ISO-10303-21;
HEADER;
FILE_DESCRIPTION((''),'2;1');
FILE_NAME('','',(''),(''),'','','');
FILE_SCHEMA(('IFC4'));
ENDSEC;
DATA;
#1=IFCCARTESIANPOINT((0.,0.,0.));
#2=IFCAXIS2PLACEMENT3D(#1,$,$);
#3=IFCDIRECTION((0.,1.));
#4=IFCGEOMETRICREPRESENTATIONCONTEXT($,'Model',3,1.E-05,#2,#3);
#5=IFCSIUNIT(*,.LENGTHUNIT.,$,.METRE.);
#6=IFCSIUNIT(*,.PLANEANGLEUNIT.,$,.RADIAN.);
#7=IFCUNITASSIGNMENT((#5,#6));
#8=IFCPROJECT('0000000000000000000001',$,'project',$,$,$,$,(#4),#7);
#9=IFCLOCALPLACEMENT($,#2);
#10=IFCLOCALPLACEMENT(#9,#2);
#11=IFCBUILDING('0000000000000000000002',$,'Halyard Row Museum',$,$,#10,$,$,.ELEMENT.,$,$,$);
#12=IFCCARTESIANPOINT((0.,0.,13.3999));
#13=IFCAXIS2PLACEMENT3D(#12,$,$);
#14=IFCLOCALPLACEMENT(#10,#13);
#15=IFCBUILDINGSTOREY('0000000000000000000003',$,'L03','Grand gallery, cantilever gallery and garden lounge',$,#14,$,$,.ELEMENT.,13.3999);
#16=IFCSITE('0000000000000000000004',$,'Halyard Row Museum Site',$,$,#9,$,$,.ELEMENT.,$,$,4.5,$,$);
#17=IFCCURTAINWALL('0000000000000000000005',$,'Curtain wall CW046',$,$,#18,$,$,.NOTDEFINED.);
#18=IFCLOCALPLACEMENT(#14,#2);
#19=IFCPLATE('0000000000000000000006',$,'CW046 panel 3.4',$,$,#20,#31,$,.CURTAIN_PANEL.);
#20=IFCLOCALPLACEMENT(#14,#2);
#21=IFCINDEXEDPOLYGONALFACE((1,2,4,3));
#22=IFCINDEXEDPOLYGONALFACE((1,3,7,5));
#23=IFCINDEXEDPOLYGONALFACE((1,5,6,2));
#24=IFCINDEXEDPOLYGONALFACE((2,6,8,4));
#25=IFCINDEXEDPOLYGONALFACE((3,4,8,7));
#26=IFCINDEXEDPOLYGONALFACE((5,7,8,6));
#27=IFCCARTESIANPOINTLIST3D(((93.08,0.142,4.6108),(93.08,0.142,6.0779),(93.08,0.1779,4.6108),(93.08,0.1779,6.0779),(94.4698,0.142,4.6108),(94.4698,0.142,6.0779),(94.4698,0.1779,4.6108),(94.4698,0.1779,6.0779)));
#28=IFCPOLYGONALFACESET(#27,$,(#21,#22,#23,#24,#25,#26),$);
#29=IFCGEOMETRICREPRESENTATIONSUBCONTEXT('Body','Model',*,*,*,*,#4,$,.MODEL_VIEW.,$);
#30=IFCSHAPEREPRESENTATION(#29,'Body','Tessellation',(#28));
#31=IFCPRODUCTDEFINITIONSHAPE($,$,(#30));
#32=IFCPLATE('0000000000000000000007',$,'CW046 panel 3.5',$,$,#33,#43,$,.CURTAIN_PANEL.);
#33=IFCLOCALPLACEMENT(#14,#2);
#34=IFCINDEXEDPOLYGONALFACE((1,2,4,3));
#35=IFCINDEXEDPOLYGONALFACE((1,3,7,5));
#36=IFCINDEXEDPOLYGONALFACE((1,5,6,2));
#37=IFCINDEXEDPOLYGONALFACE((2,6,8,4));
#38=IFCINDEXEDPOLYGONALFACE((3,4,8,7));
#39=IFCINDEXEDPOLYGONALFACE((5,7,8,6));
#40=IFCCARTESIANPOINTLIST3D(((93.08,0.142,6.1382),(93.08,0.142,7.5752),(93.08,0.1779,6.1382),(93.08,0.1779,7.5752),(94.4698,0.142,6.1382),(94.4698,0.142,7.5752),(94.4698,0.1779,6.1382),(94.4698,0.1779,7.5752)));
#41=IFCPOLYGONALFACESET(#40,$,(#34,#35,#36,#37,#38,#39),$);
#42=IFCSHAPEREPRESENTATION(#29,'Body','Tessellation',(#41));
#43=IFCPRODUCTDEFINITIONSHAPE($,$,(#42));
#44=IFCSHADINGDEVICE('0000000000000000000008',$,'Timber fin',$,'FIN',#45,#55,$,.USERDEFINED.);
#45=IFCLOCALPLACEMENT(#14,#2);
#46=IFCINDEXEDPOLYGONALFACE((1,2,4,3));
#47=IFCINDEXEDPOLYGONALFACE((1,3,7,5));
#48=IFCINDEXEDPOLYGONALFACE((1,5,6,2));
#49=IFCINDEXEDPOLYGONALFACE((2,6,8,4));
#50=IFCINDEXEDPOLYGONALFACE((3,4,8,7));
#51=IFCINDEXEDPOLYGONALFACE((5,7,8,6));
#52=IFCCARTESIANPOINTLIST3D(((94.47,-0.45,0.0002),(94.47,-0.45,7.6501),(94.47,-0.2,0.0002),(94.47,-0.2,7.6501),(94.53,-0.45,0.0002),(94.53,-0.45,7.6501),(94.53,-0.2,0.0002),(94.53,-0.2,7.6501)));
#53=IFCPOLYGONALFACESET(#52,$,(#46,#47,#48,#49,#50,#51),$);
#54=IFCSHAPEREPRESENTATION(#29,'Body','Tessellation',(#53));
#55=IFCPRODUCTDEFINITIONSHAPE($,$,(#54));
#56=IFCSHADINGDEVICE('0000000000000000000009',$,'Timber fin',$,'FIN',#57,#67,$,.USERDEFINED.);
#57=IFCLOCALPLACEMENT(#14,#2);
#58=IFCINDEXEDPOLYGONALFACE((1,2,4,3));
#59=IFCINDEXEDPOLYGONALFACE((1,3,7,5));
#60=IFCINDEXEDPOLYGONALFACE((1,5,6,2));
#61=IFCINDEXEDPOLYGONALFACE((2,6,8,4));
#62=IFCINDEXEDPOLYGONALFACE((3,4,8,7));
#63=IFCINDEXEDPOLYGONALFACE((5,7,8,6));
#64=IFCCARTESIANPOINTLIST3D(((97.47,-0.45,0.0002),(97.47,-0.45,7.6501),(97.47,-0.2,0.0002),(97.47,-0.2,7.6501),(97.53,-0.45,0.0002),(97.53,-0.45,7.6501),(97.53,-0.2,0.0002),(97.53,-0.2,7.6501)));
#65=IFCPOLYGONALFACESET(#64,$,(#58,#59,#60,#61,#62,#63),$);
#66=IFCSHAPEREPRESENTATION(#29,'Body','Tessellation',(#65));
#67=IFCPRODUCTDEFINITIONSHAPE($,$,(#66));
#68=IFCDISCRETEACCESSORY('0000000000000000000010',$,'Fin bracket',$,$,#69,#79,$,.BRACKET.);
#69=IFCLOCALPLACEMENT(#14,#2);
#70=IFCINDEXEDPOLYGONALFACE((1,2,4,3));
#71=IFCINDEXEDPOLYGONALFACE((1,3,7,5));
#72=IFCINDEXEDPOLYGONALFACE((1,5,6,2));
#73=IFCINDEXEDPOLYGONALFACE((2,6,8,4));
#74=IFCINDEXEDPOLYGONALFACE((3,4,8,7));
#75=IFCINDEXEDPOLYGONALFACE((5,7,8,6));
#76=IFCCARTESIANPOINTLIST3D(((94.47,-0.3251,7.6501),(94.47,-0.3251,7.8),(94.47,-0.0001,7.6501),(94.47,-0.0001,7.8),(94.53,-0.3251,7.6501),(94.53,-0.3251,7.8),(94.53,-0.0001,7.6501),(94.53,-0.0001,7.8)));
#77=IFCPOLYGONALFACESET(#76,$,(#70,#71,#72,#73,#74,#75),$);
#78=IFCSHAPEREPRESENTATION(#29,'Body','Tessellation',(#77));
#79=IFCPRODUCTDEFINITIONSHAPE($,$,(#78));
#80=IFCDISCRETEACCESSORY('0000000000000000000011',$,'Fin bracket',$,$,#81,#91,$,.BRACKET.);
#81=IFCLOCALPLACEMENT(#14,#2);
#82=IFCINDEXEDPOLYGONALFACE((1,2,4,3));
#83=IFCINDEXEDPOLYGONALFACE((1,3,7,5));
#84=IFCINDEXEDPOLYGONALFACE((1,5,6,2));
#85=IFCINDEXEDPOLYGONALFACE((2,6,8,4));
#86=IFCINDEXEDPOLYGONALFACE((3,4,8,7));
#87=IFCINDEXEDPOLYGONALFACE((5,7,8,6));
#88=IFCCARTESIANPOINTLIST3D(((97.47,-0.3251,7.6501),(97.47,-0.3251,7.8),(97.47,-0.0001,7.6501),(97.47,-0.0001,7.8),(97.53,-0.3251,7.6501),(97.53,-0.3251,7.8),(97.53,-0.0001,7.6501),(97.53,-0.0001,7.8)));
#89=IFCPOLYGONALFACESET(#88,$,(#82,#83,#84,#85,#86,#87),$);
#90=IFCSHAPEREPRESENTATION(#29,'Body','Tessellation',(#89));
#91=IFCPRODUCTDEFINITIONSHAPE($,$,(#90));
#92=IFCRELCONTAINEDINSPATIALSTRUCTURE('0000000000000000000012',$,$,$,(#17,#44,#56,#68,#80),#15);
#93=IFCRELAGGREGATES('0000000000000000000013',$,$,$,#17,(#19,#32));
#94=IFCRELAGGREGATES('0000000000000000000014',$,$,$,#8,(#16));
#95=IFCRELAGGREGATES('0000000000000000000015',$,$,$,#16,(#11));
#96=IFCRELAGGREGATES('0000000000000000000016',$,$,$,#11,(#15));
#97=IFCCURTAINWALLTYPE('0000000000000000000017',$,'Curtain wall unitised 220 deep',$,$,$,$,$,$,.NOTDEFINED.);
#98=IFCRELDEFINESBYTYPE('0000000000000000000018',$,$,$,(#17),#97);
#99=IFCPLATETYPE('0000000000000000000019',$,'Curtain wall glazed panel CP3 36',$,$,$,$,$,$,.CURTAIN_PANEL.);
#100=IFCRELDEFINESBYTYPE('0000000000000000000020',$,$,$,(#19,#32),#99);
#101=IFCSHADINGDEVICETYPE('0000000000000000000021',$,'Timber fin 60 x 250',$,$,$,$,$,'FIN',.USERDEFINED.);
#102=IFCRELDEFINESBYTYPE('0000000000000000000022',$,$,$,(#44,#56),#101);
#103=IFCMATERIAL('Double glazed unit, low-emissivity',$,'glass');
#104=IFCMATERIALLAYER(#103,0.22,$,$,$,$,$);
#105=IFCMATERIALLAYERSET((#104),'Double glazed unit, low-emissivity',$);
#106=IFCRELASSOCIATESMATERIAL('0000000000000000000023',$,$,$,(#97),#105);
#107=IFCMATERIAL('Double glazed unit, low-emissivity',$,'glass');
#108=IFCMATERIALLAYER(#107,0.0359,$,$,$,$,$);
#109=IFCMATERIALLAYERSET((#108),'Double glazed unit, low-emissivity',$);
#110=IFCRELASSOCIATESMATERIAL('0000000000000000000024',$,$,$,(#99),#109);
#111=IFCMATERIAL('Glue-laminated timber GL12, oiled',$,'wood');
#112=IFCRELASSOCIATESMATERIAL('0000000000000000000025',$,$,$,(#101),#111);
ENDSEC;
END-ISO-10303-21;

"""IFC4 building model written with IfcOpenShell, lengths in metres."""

from ifc_helpers import new_model, si_unit, direction, frame, origin, origin_2d, place, context, subcontext, project, spatial, rectangle, extrude, material, layer, layer_set, type_object, element, aggregate, save


model = new_model("IFC4")

# Units and contexts
model_context = context("Model", 3, precision=1e-05, world=origin(), true_north=direction((0.0, 1.0)))
body_context = subcontext(model_context, "Body", "Model", "MODEL_VIEW")
ifc_project = project(units=[si_unit("LENGTHUNIT", "METRE"), si_unit("PLANEANGLEUNIT", "RADIAN")], contexts=[model_context])

# Site, building, storey
site_placement = place(None, origin())
site = spatial("IfcSite", under=ifc_project, at=site_placement, Name="Halyard Row Museum Site", CompositionType="ELEMENT", RefElevation=4.5)
building_placement = place(site_placement, origin())
building = spatial("IfcBuilding", under=site, at=building_placement, Name="Halyard Row Museum", CompositionType="ELEMENT")
storey_placement = place(building_placement, frame((0.0, 0.0, 13.3999)))
storey = spatial("IfcBuildingStorey", under=building, at=storey_placement, Name="L03", Description="Grand gallery, cantilever gallery and garden lounge", CompositionType="ELEMENT", Elevation=13.3999)

# Curtain wall
ifc_material_1 = material(Name="Double glazed unit, low-emissivity", Category="glass")
ifc_layer_1 = layer(ifc_material_1, 0.22)
ifc_layer_set_1 = layer_set([ifc_layer_1], Name="Double glazed unit, low-emissivity")
curtain_wall_type = type_object("IfcCurtainWallType", Name="Curtain wall unitised 220 deep", PredefinedType="NOTDEFINED", material=ifc_layer_set_1)
curtain_wall_placement = place(storey_placement, origin())
curtain_wall = element("IfcCurtainWall", 1, at=curtain_wall_placement, inside=storey, type_object=curtain_wall_type, Name="Curtain wall CW046", PredefinedType="NOTDEFINED")

# Plates
ifc_material_2 = material(Name="Double glazed unit, low-emissivity", Category="glass")
ifc_layer_2 = layer(ifc_material_2, 0.0359)
ifc_layer_set_2 = layer_set([ifc_layer_2], Name="Double glazed unit, low-emissivity")
plate_type = type_object("IfcPlateType", Name="Curtain wall glazed panel CP3 36", PredefinedType="CURTAIN_PANEL", material=ifc_layer_set_2)
plate_1_placement = place(storey_placement, frame((93.7749, 0.1599, 4.6108), z_axis=(0.0, 0.0, 1.0), x_axis=(1.0, 0.0, 0.0)))
plate_1 = element("IfcPlate", 2, at=plate_1_placement, type_object=plate_type, Name="CW046 panel 3.4", PredefinedType="CURTAIN_PANEL", context=body_context, shape_type="SweptSolid", body=[
    extrude(rectangle(XDim=1.3899, YDim=0.0359, at=origin_2d()), origin(), (0.0, 0.0, 1.0), 1.467),
])
plate_2_placement = place(storey_placement, frame((93.7749, 0.1599, 6.1382), z_axis=(0.0, 0.0, 1.0), x_axis=(1.0, 0.0, 0.0)))
plate_2 = element("IfcPlate", 3, at=plate_2_placement, type_object=plate_type, Name="CW046 panel 3.5", PredefinedType="CURTAIN_PANEL", context=body_context, shape_type="SweptSolid", body=[
    extrude(rectangle(XDim=1.3899, YDim=0.0359, at=origin_2d()), origin(), (0.0, 0.0, 1.0), 1.437),
])
aggregate(curtain_wall, [plate_1, plate_2])

# Shading devices
ifc_material_3 = material(Name="Glue-laminated timber GL12, oiled", Category="wood")
shading_device_type = type_object("IfcShadingDeviceType", Name="Timber fin 60 x 250", ElementType="FIN", PredefinedType="USERDEFINED", material=ifc_material_3)
for number, where, z_axis, x_axis, name in (
    (4, (94.5, -0.325, 0.0002), (0.0, 0.0, 1.0), (1.0, 0.0, 0.0), "Timber fin"),
    (5, (97.5, -0.325, 0.0002), (0.0, 0.0, 1.0), (1.0, 0.0, 0.0), "Timber fin"),
):
    element("IfcShadingDevice", number, at=place(storey_placement, frame(where, z_axis=z_axis, x_axis=x_axis)), inside=storey, type_object=shading_device_type, Name=name, ObjectType="FIN", PredefinedType="USERDEFINED", context=body_context, shape_type="SweptSolid", body=[
        extrude(rectangle(XDim=0.0601, YDim=0.25, at=origin_2d()), origin(), (0.0, 0.0, 1.0), 7.6499),
    ])

# Discrete accessories
for number, where, z_axis, x_axis, name in (
    (6, (94.5, -0.1626, 7.6501), (0.0, 0.0, 1.0), (1.0, 0.0, 0.0), "Fin bracket"),
    (7, (97.5, -0.1626, 7.6501), (0.0, 0.0, 1.0), (1.0, 0.0, 0.0), "Fin bracket"),
):
    element("IfcDiscreteAccessory", number, at=place(storey_placement, frame(where, z_axis=z_axis, x_axis=x_axis)), inside=storey, Name=name, PredefinedType="BRACKET", context=body_context, shape_type="SweptSolid", body=[
        extrude(rectangle(XDim=0.0601, YDim=0.325, at=origin_2d()), origin(), (0.0, 0.0, 1.0), 0.1499),
    ])

save(model, "model.ifc")
